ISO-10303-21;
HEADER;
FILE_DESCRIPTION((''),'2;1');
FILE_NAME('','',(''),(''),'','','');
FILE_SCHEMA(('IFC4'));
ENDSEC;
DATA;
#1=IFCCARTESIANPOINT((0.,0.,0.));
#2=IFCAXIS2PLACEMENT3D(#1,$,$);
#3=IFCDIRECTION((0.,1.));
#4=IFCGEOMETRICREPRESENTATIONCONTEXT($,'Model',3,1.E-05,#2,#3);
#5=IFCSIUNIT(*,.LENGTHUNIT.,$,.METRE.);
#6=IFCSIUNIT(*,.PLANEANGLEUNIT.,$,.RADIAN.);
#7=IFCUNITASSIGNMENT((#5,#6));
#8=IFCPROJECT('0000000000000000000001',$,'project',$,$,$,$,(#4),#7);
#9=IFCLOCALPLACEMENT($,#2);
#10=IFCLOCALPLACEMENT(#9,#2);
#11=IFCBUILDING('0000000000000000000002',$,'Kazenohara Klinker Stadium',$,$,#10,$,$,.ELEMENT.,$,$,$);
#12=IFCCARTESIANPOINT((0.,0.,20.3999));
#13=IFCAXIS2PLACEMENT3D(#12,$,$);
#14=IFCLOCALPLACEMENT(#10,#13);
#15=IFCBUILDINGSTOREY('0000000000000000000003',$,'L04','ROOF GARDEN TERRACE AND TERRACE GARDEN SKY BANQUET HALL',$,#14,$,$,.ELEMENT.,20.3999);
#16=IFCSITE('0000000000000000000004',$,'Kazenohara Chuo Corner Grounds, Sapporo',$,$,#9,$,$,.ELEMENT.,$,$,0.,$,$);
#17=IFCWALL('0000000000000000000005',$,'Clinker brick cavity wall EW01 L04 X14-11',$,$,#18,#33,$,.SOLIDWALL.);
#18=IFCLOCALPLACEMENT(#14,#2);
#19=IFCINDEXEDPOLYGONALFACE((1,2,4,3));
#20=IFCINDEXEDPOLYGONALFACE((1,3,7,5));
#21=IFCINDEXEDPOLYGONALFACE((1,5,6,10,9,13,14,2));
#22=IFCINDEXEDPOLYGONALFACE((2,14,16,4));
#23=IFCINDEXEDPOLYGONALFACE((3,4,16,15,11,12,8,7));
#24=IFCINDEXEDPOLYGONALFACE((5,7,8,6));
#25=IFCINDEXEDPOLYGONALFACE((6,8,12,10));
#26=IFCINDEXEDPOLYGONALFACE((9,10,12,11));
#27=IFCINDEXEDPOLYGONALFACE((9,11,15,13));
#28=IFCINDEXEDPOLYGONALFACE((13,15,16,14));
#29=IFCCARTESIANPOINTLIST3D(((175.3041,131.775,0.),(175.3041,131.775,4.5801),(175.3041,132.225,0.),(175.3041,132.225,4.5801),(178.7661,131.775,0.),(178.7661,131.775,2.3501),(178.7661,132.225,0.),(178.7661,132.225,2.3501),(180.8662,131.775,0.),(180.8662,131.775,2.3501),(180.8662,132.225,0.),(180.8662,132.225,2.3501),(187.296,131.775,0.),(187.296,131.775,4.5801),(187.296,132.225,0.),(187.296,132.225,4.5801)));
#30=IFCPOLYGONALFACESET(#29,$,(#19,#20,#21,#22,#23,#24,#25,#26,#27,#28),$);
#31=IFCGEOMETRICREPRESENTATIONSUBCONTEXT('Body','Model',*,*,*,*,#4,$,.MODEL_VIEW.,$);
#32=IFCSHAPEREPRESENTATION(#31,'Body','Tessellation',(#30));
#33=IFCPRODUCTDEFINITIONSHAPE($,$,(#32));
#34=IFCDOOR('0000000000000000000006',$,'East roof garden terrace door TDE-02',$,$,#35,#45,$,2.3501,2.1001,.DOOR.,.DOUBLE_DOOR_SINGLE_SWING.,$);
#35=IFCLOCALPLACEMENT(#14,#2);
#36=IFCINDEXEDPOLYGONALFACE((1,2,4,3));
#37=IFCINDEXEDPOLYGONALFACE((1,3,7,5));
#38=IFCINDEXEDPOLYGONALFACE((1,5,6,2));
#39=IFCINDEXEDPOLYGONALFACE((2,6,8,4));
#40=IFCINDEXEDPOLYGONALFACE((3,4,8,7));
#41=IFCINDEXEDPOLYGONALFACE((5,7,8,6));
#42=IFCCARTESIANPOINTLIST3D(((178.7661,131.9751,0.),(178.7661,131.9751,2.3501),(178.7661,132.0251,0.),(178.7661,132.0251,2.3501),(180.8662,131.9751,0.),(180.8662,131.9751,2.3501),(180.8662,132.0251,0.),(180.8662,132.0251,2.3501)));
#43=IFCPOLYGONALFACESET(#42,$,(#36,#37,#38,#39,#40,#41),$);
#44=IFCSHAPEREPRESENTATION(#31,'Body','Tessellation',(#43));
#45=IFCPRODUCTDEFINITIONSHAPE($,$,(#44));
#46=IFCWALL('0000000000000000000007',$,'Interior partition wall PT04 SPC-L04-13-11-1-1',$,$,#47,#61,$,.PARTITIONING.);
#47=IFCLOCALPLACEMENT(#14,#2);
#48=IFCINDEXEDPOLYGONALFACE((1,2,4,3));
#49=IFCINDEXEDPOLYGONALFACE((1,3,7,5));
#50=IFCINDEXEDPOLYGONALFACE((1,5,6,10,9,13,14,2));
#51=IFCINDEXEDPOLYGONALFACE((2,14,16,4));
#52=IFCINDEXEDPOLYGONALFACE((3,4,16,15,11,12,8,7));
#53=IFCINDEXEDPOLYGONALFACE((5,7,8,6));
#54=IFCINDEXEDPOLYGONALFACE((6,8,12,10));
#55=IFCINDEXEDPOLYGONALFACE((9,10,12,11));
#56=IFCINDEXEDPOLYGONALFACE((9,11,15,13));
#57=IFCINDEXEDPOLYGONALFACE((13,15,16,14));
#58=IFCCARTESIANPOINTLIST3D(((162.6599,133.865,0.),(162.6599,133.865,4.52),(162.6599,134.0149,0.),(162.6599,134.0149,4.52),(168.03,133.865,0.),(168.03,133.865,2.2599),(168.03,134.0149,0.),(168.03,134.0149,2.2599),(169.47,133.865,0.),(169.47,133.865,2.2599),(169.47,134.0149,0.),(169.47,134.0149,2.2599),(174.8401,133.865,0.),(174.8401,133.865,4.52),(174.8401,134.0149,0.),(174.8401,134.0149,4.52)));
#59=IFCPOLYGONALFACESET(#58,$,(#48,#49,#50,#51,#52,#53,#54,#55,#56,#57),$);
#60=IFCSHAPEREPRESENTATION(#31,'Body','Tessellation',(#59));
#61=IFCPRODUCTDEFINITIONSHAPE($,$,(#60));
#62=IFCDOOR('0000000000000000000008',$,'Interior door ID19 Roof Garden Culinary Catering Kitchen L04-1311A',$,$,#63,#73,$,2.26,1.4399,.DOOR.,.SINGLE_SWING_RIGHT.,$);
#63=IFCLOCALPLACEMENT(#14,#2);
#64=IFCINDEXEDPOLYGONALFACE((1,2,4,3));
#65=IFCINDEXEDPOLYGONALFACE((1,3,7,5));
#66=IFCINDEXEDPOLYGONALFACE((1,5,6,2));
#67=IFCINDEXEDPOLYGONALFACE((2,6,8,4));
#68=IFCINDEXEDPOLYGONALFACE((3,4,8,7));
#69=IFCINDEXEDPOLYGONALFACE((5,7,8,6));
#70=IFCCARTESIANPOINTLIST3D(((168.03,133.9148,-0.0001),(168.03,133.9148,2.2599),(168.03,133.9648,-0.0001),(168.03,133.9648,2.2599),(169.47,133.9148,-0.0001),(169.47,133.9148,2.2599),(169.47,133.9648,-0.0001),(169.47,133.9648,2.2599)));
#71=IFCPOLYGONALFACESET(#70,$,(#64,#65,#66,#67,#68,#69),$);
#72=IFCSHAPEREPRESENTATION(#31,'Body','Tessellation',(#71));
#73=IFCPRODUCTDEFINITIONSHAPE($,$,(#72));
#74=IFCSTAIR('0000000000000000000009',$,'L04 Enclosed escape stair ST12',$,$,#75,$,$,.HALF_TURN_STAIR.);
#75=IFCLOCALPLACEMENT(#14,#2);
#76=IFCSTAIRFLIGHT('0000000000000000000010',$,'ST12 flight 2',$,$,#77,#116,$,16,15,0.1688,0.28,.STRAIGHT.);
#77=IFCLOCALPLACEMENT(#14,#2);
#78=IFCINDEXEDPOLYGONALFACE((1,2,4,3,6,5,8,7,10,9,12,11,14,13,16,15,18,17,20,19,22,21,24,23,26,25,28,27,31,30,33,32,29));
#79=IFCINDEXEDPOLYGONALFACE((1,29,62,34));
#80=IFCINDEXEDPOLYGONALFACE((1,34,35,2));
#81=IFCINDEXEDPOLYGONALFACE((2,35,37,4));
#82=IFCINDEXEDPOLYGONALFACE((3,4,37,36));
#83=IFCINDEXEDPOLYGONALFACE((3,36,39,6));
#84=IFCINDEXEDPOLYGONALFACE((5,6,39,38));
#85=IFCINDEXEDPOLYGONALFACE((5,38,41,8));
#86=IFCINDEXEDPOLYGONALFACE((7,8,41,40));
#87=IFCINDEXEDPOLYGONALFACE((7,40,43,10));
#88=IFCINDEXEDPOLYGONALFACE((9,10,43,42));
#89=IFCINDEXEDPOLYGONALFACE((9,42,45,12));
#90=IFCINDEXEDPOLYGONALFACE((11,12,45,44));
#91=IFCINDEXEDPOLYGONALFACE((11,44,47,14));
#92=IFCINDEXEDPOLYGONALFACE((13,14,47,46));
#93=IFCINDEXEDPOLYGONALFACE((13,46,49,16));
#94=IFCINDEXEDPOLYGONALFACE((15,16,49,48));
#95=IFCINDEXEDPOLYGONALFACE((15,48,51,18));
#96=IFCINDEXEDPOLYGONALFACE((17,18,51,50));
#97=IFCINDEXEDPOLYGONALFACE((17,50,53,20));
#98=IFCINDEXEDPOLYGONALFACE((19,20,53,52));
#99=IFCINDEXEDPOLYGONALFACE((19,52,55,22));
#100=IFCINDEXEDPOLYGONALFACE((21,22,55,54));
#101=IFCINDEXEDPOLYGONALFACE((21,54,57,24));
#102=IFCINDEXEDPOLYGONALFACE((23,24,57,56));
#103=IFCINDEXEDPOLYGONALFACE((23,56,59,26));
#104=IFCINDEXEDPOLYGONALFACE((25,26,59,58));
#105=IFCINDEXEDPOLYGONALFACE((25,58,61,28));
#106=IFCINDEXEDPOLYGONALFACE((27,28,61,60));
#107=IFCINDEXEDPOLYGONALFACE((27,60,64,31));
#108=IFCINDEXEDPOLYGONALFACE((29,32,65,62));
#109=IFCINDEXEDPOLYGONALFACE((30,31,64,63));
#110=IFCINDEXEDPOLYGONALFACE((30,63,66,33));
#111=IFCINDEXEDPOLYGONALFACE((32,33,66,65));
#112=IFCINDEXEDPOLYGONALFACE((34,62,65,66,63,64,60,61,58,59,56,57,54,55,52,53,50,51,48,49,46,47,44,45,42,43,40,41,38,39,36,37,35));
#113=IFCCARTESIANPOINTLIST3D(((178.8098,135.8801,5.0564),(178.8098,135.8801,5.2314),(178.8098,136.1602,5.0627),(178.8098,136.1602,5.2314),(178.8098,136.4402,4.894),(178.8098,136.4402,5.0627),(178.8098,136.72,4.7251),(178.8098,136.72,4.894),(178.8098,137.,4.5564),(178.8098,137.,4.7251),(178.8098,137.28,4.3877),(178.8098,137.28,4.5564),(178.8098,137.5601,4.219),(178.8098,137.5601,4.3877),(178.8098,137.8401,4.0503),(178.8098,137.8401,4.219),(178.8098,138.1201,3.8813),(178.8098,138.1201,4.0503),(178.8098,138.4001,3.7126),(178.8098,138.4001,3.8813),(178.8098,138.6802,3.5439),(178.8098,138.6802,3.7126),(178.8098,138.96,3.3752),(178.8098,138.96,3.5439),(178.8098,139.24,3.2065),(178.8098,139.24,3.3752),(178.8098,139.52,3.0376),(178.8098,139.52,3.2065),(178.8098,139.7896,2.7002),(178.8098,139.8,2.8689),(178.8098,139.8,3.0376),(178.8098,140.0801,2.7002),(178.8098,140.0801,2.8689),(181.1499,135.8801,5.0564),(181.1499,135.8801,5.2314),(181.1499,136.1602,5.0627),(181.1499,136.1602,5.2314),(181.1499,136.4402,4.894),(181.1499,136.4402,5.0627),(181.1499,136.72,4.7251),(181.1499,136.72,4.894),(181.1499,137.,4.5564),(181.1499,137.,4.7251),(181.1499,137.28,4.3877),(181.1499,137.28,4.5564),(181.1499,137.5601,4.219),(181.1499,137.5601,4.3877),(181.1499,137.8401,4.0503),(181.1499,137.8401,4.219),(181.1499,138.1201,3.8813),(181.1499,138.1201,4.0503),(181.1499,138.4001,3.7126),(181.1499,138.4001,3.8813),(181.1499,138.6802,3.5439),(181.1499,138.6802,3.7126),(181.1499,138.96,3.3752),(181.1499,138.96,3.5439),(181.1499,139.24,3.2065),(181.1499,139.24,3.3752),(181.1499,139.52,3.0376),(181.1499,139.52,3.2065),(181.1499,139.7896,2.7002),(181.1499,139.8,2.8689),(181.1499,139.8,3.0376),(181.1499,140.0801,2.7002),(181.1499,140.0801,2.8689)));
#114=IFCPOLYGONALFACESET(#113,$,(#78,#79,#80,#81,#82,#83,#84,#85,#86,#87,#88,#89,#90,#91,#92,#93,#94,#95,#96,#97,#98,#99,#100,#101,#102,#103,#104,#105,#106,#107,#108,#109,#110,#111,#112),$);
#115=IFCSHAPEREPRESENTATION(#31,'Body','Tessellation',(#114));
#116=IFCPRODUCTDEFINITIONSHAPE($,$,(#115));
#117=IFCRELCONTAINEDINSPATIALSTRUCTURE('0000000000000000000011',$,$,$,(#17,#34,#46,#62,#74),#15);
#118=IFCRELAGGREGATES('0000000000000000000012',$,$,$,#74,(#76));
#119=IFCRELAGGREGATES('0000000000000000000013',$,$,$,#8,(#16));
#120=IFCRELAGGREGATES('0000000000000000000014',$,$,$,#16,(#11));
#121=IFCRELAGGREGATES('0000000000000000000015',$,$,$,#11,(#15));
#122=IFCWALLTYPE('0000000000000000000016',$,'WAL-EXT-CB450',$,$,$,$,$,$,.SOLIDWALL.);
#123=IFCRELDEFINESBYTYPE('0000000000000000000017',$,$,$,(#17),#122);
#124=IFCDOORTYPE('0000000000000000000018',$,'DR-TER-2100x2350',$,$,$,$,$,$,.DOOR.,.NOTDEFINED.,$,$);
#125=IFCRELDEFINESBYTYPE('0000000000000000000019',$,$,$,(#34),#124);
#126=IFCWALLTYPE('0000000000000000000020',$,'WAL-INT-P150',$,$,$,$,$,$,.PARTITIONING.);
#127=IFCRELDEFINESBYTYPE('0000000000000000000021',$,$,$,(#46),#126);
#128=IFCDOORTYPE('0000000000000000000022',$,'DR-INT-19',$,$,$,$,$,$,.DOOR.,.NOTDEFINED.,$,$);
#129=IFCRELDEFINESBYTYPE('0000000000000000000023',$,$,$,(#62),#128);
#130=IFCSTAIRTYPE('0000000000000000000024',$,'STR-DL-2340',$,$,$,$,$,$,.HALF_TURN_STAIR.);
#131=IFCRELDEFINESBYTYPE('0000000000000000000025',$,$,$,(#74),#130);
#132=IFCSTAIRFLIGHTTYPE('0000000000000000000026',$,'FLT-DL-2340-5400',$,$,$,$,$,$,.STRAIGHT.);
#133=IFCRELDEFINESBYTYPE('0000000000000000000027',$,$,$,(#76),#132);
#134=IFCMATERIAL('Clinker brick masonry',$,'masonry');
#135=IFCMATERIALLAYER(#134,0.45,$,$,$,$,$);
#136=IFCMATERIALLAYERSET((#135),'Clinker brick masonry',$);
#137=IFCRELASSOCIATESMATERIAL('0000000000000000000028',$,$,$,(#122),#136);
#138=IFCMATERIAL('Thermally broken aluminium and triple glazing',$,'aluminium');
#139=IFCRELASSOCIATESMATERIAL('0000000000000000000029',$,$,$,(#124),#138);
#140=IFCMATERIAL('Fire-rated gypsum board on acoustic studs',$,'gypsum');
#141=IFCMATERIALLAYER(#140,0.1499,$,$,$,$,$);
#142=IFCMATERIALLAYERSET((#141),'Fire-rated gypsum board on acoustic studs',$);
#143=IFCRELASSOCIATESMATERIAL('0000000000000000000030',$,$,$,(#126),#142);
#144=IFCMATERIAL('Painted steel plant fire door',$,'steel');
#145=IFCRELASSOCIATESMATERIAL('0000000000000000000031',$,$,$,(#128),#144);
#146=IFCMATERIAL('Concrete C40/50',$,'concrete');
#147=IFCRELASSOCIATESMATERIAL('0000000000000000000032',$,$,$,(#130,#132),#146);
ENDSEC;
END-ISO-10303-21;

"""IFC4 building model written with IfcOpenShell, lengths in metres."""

from ifc_helpers import new_model, si_unit, direction, frame, frame_2d, origin, place, context, subcontext, project, spatial, polyline, rectangle, outline, extrude, material, layer, layer_set, type_object, element, fill, aggregate, save


model = new_model("IFC4")

# Units and contexts
model_context = context("Model", 3, precision=1e-05, world=origin(), true_north=direction((0.0, 1.0)))
body_context = subcontext(model_context, "Body", "Model", "MODEL_VIEW")
ifc_project = project(units=[si_unit("LENGTHUNIT", "METRE"), si_unit("PLANEANGLEUNIT", "RADIAN")], contexts=[model_context])

# Site, building, storey
site_placement = place(None, origin())
site = spatial("IfcSite", under=ifc_project, at=site_placement, Name="Kazenohara Chuo Corner Grounds, Sapporo", CompositionType="ELEMENT", RefElevation=0.0)
building_placement = place(site_placement, origin())
building = spatial("IfcBuilding", under=site, at=building_placement, Name="Kazenohara Klinker Stadium", CompositionType="ELEMENT")
storey_placement = place(building_placement, frame((0.0, 0.0, 20.3999)))
storey = spatial("IfcBuildingStorey", under=building, at=storey_placement, Name="L04", Description="ROOF GARDEN TERRACE AND TERRACE GARDEN SKY BANQUET HALL", CompositionType="ELEMENT", Elevation=20.3999)

# Shared definitions
ifc_material_1 = material(Name="Concrete C40/50", Category="concrete")

# Shared definitions
ifc_material_2 = material(Name="Clinker brick masonry", Category="masonry")

# Walls, openings, doors
ifc_layer_1 = layer(ifc_material_2, 0.45)
ifc_layer_set_1 = layer_set([ifc_layer_1], Name="Clinker brick masonry")
wall_type_1 = type_object("IfcWallType", Name="WAL-EXT-CB450", PredefinedType="SOLIDWALL", material=ifc_layer_set_1)
wall_1_placement = place(storey_placement, frame((175.304, 132.0, 0.0), z_axis=(0.0, 0.0, 1.0), x_axis=(1.0, 0.0, 0.0)))
wall_1 = element("IfcWall", 1, at=wall_1_placement, inside=storey, type_object=wall_type_1, Name="Clinker brick cavity wall EW01 L04 X14-11", PredefinedType="SOLIDWALL", context=body_context, shape_type="SweptSolid", body=[
    extrude(rectangle(XDim=11.9919, YDim=0.45, at=frame_2d((5.9961, 0.0))), origin(), (0.0, 0.0, 1.0), 4.5801),
])
opening_1_placement = place(wall_1_placement, frame((5.5623, 0.0, 0.0), z_axis=(0.0, 0.0, 1.0), x_axis=(-1.0, 0.0, 0.0)))
opening_1 = element("IfcOpeningElement", 2, at=opening_1_placement, cuts=wall_1, PredefinedType="OPENING", context=body_context, shape_type="SweptSolid", body=[
    extrude(rectangle(XDim=2.1001, YDim=2.3501, at=frame_2d((1.05, 1.175))), frame((0.0, 0.2349, 0.0), z_axis=(0.0, -1.0, 0.0), x_axis=(1.0, 0.0, 0.0)), (0.0, 0.0, 1.0), 0.47),
])
ifc_material_3 = material(Name="Thermally broken aluminium and triple glazing", Category="aluminium")
door_type_1 = type_object("IfcDoorType", Name="DR-TER-2100x2350", OperationType="NOTDEFINED", PredefinedType="DOOR", material=ifc_material_3)
door_1_placement = place(opening_1_placement, origin())
door_1 = element("IfcDoor", 3, at=door_1_placement, inside=storey, type_object=door_type_1, Name="East roof garden terrace door TDE-02", OperationType="DOUBLE_DOOR_SINGLE_SWING", OverallHeight=2.3501, OverallWidth=2.1001, PredefinedType="DOOR", context=body_context, shape_type="SweptSolid", body=[
    extrude(rectangle(XDim=2.1001, YDim=2.3501, at=frame_2d((1.05, 1.175))), frame((0.0, 0.0249, 0.0), z_axis=(0.0, -1.0, 0.0), x_axis=(1.0, 0.0, 0.0)), (0.0, 0.0, 1.0), 0.05),
])
fill(opening_1, door_1)
ifc_material_4 = material(Name="Fire-rated gypsum board on acoustic studs", Category="gypsum")
ifc_layer_2 = layer(ifc_material_4, 0.1499)
ifc_layer_set_2 = layer_set([ifc_layer_2], Name="Fire-rated gypsum board on acoustic studs")
wall_type_2 = type_object("IfcWallType", Name="WAL-INT-P150", PredefinedType="PARTITIONING", material=ifc_layer_set_2)
wall_2_placement = place(storey_placement, frame((162.6599, 133.9399, 0.0), z_axis=(0.0, 0.0, 1.0), x_axis=(1.0, 0.0, 0.0)))
wall_2 = element("IfcWall", 4, at=wall_2_placement, inside=storey, type_object=wall_type_2, Name="Interior partition wall PT04 SPC-L04-13-11-1-1", PredefinedType="PARTITIONING", context=body_context, shape_type="SweptSolid", body=[
    extrude(rectangle(XDim=12.1802, YDim=0.1499, at=frame_2d((6.0901, 0.0))), origin(), (0.0, 0.0, 1.0), 4.52),
])
opening_2_placement = place(wall_2_placement, frame((5.3701, 0.0, 0.0)))
opening_2 = element("IfcOpeningElement", 5, at=opening_2_placement, cuts=wall_2, PredefinedType="OPENING", context=body_context, shape_type="SweptSolid", body=[
    extrude(rectangle(XDim=1.4399, YDim=2.26, at=frame_2d((0.72, 1.1299))), frame((0.0, 0.085, 0.0), z_axis=(0.0, -1.0, 0.0), x_axis=(1.0, 0.0, 0.0)), (0.0, 0.0, 1.0), 0.1699),
])
ifc_material_5 = material(Name="Painted steel plant fire door", Category="steel")
door_type_2 = type_object("IfcDoorType", Name="DR-INT-19", OperationType="NOTDEFINED", PredefinedType="DOOR", material=ifc_material_5)
door_2_placement = place(opening_2_placement, origin())
door_2 = element("IfcDoor", 6, at=door_2_placement, inside=storey, type_object=door_type_2, Name="Interior door ID19 Roof Garden Culinary Catering Kitchen L04-1311A", OperationType="SINGLE_SWING_RIGHT", OverallHeight=2.26, OverallWidth=1.4399, PredefinedType="DOOR", context=body_context, shape_type="SweptSolid", body=[
    extrude(rectangle(XDim=1.4399, YDim=2.26, at=frame_2d((0.72, 1.1299))), frame((0.0, 0.0249, 0.0), z_axis=(0.0, -1.0, 0.0), x_axis=(1.0, 0.0, 0.0)), (0.0, 0.0, 1.0), 0.05),
])
fill(opening_2, door_2)

# Stair, stair flight
stair_type = type_object("IfcStairType", Name="STR-DL-2340", PredefinedType="HALF_TURN_STAIR", material=ifc_material_1)
stair_placement = place(storey_placement, origin())
stair = element("IfcStair", 7, at=stair_placement, inside=storey, type_object=stair_type, Name="L04 Enclosed escape stair ST12", PredefinedType="HALF_TURN_STAIR")
stair_flight_type = type_object("IfcStairFlightType", Name="FLT-DL-2340-5400", PredefinedType="STRAIGHT", material=ifc_material_1)
stair_flight_placement = place(storey_placement, frame((179.98, 140.0801, 2.7002), z_axis=(0.0, 0.0, 1.0), x_axis=(0.0, -1.0, 0.0)))
stair_flight = element("IfcStairFlight", 8, at=stair_flight_placement, type_object=stair_flight_type, Name="ST12 flight 2", NumberOfRisers=16, NumberOfTreads=15, PredefinedType="STRAIGHT", RiserHeight=0.1688, TreadLength=0.28, context=body_context, shape_type="SweptSolid", body=[
    extrude(outline(polyline([(0.0, 0.0), (0.0, 0.1687), (0.28, 0.1687), (0.28, 0.3374), (0.5601, 0.3374), (0.5601, 0.5063), (0.8401, 0.5063), (0.8401, 0.675), (1.1201, 0.675), (1.1201, 0.8438), (1.3999, 0.8438), (1.3999, 1.0125), (1.6799, 1.0125), (1.6799, 1.1812), (1.96, 1.1812), (1.96, 1.3501), (2.24, 1.3501), (2.24, 1.5188), (2.52, 1.5188), (2.52, 1.6875), (2.8, 1.6875), (2.8, 1.8562), (3.0801, 1.8562), (3.0801, 2.0249), (3.3601, 2.0249), (3.3601, 2.1938), (3.6399, 2.1938), (3.6399, 2.3625), (3.9199, 2.3625), (3.9199, 2.5312), (4.2, 2.5312), (4.2, 2.7), (4.2, 2.3562), (0.2905, 0.0), (0.0, 0.0)])), frame((0.0, 1.1699, 0.0), z_axis=(0.0, -1.0, 0.0), x_axis=(1.0, 0.0, 0.0)), (0.0, 0.0, 1.0), 2.3401),
])
aggregate(stair, [stair_flight])

save(model, "model.ifc")
